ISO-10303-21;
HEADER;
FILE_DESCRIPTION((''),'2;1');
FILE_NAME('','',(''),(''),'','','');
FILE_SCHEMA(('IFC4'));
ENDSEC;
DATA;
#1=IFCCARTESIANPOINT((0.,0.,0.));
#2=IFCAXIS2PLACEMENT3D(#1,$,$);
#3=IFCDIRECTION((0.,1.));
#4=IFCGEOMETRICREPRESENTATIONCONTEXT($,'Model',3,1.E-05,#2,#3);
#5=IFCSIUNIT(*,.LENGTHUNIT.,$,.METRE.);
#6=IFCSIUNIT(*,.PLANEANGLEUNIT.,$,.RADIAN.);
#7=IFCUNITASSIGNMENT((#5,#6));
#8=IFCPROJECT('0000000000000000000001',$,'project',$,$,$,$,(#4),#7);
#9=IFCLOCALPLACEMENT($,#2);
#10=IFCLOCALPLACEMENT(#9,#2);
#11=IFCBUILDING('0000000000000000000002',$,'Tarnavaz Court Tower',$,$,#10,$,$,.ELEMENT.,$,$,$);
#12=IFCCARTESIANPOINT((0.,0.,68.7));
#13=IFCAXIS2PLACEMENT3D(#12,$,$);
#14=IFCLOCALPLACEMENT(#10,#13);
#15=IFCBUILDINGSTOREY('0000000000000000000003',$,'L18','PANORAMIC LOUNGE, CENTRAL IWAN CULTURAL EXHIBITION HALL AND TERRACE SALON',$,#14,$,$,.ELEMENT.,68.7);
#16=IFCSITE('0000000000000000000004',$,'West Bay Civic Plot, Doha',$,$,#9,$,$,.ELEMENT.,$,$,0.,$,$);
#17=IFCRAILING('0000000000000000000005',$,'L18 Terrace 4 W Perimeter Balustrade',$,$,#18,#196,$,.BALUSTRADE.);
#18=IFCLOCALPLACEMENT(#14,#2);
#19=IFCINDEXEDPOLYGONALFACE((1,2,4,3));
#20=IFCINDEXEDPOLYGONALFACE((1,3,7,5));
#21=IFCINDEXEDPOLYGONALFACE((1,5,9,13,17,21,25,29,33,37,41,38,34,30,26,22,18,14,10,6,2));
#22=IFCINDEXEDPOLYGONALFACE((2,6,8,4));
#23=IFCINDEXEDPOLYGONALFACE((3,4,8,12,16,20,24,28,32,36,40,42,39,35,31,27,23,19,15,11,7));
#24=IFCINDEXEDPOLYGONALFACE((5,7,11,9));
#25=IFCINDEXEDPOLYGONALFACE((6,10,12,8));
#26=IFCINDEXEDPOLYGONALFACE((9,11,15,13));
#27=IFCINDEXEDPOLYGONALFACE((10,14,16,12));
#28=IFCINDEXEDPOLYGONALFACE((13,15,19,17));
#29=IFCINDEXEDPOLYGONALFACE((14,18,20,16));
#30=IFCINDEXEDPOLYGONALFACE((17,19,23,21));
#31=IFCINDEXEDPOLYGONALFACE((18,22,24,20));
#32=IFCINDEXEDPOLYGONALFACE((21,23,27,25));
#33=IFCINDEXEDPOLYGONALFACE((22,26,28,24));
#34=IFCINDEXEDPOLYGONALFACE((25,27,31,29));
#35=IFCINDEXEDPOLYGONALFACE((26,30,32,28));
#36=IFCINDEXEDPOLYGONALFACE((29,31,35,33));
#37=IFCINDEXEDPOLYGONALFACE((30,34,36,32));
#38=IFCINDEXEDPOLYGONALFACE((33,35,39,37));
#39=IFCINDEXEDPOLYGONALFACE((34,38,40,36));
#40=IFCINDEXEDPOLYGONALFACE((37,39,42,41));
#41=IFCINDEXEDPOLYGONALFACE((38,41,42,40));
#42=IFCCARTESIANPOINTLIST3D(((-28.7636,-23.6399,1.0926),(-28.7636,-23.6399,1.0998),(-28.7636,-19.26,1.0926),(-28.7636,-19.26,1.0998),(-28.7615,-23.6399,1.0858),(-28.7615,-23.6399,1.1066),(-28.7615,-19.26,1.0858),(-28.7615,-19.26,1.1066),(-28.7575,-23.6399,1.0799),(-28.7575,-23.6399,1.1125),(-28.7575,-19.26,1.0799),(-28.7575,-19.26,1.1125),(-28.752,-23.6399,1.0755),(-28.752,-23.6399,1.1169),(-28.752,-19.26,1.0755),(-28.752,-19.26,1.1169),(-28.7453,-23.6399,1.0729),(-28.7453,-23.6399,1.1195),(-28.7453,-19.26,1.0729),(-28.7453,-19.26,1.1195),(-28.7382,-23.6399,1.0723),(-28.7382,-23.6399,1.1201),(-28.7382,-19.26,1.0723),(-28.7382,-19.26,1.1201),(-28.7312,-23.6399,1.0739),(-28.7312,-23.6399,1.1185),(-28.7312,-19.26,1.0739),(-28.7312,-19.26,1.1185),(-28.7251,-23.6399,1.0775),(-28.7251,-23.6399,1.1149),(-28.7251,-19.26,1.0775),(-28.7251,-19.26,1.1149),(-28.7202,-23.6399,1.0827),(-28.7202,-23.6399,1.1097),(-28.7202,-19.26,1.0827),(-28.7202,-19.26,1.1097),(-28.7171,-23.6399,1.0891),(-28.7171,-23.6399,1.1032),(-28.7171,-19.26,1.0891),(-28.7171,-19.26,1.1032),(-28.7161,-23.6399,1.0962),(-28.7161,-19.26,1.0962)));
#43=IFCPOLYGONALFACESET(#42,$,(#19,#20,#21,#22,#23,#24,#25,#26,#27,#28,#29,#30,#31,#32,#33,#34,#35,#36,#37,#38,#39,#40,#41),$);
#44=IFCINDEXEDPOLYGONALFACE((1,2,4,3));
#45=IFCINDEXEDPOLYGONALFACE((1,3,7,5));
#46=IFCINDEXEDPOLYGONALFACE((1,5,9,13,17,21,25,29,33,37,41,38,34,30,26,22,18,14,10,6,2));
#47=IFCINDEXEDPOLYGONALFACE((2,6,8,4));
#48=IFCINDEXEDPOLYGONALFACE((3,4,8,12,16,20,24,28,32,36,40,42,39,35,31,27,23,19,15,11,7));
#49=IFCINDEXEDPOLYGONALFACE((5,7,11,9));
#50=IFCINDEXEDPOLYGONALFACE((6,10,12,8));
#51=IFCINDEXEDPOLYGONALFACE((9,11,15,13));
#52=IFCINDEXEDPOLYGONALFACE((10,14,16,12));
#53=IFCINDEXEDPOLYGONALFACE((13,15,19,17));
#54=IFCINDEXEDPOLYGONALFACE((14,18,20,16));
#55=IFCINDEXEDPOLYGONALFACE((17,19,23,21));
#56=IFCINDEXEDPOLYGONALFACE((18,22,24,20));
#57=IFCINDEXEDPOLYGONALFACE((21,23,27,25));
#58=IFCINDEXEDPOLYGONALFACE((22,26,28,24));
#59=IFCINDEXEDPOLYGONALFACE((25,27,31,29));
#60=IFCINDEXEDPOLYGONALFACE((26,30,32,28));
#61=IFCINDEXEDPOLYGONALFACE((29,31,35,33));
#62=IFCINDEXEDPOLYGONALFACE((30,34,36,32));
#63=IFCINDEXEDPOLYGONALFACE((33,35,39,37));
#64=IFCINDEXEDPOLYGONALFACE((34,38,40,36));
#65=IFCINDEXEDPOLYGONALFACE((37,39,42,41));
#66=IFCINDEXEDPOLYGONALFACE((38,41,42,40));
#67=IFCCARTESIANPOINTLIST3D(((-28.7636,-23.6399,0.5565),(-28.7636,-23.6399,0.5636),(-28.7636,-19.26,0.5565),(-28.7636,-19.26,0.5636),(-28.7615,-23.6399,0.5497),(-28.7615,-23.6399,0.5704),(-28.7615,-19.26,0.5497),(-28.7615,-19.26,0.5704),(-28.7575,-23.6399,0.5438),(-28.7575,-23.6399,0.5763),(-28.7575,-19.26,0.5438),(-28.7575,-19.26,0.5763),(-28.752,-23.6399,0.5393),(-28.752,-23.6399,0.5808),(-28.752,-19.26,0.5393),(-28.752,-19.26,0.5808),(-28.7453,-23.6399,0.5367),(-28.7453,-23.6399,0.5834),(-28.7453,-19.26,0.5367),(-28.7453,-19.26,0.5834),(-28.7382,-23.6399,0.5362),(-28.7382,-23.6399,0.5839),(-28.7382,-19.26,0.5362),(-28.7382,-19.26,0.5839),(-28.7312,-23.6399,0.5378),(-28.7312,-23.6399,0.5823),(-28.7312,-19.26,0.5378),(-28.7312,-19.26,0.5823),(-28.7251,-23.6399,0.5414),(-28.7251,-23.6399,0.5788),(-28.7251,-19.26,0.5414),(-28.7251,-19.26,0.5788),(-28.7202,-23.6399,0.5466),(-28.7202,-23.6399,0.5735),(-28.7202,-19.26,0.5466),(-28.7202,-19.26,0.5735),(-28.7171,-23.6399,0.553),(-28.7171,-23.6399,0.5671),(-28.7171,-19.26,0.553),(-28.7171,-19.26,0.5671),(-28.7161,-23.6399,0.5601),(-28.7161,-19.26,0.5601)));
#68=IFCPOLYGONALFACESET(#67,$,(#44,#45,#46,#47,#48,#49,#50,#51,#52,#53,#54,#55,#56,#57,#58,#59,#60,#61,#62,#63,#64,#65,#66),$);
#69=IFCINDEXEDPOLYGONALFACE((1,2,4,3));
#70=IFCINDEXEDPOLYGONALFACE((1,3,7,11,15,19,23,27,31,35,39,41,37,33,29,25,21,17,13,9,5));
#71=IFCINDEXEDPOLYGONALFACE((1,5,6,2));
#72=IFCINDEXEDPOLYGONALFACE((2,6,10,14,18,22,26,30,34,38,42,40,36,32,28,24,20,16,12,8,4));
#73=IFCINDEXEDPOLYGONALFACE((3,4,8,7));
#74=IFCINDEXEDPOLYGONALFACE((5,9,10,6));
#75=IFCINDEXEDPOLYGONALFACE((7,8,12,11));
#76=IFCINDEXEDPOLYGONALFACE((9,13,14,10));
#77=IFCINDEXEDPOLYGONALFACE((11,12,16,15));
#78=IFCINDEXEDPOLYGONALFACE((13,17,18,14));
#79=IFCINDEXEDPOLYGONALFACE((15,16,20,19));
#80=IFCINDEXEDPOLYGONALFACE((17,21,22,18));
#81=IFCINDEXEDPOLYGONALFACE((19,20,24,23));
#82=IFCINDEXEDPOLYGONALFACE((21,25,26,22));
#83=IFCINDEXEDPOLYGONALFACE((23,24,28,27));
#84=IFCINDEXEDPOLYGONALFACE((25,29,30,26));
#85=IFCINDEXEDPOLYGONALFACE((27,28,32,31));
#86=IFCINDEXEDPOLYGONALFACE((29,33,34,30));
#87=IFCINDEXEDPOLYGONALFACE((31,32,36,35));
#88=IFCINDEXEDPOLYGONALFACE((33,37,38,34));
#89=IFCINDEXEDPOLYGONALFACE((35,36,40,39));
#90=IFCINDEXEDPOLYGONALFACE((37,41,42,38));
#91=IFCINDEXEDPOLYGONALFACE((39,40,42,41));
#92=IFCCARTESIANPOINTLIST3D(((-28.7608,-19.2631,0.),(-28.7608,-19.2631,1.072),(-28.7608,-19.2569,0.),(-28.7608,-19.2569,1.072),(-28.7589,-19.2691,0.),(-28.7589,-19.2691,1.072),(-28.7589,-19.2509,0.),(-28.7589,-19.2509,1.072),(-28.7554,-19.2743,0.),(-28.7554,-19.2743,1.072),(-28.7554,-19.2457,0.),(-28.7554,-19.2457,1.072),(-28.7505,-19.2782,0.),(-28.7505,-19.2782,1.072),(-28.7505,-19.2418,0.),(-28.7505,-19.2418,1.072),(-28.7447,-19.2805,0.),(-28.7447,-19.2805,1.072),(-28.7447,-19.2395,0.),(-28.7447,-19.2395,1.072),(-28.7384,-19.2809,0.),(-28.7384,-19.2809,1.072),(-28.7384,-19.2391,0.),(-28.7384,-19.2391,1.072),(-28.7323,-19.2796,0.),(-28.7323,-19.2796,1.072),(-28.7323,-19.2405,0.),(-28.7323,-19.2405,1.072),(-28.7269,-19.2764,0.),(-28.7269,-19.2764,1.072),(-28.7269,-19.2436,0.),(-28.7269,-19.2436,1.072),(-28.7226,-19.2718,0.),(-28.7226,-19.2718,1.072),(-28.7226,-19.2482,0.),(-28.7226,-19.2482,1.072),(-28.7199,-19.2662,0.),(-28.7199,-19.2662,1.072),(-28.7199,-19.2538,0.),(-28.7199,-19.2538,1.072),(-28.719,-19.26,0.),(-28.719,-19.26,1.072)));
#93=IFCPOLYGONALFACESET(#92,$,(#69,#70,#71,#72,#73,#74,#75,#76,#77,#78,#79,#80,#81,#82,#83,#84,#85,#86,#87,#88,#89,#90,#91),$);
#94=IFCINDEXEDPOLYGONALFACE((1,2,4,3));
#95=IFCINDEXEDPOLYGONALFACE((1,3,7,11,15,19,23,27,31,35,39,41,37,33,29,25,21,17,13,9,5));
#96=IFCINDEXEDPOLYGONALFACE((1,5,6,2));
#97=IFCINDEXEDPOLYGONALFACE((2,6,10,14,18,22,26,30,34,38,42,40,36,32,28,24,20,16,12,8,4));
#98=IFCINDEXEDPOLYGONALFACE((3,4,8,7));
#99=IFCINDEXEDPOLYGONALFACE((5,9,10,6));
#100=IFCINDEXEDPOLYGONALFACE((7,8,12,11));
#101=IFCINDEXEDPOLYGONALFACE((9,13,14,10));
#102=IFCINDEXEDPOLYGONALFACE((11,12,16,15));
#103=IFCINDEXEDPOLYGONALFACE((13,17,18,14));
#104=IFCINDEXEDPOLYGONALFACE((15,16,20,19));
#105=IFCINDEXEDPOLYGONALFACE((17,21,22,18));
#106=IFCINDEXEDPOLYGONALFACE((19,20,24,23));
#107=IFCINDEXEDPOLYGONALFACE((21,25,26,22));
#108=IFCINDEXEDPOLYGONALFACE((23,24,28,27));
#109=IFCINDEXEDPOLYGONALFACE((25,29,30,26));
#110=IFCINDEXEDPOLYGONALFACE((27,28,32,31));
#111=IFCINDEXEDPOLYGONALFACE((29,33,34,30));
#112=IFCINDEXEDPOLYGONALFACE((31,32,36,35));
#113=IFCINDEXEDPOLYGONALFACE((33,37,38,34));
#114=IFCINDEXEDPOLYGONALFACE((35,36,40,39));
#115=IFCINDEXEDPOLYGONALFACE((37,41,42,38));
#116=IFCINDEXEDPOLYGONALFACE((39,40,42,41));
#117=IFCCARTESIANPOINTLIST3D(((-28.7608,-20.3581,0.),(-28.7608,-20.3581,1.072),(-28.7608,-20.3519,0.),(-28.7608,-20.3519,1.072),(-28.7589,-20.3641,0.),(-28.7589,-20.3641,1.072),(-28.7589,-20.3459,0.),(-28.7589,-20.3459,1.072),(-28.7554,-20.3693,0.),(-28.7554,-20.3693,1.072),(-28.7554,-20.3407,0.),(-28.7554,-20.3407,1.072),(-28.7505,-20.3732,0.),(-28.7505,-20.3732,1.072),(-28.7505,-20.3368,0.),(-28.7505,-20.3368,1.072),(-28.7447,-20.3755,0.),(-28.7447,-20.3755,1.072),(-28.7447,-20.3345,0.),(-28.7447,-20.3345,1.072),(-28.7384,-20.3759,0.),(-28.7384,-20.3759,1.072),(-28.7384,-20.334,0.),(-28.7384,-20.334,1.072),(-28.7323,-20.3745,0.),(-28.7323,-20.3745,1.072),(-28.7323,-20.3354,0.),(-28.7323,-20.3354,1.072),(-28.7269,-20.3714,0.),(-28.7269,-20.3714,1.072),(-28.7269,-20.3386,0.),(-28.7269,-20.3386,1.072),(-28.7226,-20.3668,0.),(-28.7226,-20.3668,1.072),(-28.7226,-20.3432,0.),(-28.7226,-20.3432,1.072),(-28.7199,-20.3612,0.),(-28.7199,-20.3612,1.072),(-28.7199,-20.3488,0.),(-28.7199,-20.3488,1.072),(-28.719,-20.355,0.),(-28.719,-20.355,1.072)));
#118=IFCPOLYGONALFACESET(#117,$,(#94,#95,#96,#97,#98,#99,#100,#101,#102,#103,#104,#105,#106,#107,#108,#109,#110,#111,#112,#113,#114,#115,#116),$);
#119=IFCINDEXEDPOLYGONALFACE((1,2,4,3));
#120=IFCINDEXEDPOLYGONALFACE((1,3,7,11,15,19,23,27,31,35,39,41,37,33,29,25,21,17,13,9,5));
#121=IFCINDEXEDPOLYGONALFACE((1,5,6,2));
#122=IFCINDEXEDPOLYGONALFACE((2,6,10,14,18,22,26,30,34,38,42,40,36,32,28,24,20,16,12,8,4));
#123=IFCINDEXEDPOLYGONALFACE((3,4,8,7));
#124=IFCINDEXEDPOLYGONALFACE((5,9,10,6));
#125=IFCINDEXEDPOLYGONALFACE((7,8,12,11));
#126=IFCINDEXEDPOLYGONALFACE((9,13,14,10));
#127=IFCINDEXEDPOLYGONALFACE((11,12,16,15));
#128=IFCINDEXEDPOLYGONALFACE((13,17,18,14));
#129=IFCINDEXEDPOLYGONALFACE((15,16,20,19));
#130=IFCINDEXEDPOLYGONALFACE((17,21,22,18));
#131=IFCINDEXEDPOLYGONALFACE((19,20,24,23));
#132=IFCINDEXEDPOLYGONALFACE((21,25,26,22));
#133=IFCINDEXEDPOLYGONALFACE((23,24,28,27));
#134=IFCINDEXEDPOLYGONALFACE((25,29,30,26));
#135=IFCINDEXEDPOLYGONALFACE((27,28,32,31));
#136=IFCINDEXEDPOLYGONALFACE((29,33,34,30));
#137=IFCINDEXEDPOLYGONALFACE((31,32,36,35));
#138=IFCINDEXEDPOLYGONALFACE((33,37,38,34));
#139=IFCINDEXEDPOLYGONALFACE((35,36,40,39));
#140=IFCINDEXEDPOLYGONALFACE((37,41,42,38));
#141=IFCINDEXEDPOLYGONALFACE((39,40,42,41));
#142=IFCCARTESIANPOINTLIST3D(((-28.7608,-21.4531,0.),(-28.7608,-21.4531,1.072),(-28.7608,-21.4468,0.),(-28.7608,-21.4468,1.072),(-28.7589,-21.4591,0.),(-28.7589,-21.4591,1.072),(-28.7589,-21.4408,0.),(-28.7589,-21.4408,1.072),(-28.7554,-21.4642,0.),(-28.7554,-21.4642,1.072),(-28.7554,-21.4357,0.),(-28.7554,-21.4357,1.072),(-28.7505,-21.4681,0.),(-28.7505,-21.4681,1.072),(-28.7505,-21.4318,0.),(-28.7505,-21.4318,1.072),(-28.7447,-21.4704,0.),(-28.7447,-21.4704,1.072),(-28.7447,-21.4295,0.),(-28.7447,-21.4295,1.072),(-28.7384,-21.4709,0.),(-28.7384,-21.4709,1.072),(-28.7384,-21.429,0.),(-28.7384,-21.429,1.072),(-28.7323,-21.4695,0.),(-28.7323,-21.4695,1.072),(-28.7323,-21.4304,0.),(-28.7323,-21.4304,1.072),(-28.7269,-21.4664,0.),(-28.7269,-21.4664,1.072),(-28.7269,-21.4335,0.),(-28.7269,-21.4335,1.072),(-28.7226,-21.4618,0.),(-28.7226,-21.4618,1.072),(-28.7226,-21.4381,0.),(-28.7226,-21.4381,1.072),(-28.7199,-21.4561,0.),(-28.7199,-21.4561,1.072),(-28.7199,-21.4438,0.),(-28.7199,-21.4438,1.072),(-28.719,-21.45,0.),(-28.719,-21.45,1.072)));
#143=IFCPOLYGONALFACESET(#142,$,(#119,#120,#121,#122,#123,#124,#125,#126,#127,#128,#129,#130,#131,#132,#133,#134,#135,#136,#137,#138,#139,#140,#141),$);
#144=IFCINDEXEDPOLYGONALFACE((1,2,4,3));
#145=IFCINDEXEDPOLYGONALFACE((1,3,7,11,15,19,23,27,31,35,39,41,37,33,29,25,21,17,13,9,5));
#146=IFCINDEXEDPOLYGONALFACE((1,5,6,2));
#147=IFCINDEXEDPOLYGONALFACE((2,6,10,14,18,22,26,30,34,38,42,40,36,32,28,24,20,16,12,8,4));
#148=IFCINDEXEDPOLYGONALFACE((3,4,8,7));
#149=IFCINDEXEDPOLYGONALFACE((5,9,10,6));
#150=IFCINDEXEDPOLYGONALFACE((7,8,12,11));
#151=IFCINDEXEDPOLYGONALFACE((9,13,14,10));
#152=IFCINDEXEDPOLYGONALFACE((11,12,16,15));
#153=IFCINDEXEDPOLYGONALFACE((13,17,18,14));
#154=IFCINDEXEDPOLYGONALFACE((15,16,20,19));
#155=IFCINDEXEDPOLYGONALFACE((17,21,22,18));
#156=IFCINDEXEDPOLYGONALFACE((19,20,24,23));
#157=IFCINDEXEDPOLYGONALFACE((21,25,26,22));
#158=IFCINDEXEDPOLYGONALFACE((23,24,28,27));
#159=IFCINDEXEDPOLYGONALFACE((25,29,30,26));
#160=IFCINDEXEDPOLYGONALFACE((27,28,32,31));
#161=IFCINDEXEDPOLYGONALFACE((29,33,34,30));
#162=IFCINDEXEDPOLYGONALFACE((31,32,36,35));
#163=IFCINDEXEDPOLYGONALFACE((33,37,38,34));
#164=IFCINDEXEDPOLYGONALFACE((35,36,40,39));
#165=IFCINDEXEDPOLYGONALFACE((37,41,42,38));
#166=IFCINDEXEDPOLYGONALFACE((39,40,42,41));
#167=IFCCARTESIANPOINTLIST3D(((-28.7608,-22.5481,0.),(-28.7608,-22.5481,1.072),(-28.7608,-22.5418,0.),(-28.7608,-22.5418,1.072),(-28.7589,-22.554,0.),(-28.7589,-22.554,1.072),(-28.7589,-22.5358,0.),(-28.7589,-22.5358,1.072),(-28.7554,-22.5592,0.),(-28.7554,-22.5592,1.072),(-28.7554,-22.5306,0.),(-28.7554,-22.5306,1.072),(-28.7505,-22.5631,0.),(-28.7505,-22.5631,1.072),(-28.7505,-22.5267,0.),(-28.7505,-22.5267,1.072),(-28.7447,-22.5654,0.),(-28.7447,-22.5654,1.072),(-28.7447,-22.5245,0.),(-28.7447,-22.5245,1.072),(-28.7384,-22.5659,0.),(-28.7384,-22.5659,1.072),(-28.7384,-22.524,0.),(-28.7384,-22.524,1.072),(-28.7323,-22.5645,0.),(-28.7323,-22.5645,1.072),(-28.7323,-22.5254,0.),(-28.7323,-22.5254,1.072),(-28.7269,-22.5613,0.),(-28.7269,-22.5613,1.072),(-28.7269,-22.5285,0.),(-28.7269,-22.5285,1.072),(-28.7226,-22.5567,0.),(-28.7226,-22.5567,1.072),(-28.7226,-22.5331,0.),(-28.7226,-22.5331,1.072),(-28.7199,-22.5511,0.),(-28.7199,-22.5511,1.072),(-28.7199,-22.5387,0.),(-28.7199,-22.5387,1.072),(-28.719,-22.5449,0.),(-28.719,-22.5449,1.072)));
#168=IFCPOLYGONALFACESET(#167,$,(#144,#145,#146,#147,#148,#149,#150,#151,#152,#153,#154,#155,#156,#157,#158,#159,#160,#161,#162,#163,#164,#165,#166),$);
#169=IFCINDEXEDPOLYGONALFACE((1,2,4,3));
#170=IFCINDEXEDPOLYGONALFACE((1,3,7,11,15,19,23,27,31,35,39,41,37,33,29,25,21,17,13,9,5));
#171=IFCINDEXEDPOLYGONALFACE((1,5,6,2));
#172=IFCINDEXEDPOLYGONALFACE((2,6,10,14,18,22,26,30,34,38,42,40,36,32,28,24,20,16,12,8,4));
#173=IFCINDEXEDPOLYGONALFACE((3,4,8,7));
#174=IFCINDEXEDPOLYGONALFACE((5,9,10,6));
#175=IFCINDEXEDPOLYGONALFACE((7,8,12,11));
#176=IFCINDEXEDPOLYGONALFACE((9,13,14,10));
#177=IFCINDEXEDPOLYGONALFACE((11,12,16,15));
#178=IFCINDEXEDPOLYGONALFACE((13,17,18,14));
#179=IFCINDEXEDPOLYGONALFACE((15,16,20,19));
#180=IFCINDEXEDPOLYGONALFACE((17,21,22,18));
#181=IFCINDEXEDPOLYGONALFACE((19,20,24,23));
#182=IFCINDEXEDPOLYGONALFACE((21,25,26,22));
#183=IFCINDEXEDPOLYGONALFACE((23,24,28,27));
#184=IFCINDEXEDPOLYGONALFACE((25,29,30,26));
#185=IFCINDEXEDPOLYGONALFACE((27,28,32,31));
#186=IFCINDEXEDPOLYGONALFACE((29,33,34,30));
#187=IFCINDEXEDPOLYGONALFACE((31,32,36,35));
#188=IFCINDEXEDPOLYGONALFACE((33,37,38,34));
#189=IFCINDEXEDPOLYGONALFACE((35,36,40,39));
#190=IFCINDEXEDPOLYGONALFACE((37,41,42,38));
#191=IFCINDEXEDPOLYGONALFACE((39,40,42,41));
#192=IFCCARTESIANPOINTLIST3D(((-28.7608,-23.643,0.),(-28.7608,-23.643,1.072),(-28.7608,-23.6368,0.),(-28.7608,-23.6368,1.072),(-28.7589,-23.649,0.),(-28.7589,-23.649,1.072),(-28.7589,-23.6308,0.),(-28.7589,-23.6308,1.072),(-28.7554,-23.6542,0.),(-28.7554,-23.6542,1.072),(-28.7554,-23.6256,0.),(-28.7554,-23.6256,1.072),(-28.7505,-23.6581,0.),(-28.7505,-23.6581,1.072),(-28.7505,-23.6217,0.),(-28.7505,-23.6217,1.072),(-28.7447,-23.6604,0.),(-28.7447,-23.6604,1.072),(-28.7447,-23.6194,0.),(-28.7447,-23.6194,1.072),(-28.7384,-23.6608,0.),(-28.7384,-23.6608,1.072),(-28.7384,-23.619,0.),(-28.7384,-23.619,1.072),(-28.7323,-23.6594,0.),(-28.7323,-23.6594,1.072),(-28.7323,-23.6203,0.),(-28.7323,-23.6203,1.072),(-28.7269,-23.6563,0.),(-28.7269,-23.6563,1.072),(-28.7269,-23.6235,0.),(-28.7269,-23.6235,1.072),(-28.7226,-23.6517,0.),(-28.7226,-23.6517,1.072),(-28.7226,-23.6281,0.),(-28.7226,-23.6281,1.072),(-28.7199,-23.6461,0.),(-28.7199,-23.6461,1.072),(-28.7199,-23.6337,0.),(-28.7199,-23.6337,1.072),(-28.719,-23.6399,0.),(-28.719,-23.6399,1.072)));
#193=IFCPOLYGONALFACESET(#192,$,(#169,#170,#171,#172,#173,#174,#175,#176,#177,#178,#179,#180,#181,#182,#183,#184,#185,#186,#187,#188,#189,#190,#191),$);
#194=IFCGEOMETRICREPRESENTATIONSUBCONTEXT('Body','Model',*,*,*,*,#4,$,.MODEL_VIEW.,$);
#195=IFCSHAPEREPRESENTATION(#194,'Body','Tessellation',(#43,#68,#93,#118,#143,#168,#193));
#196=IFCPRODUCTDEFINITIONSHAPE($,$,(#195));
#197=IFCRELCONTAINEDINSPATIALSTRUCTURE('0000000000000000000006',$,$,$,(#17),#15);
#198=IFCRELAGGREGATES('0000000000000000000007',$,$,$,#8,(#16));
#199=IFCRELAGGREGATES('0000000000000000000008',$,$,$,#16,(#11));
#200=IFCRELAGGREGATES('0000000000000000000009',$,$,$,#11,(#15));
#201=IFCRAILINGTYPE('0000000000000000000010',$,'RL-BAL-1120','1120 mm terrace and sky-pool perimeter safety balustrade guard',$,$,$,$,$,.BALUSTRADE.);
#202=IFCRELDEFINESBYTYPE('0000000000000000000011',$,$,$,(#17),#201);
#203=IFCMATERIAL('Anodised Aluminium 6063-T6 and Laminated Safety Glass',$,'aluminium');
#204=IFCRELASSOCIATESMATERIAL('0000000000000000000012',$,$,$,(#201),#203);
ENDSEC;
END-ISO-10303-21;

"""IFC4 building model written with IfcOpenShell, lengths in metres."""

from ifc_helpers import new_model, si_unit, direction, frame, origin, origin_2d, place, context, subcontext, project, spatial, circle, extrude, material, type_object, element, save


model = new_model("IFC4")

# Units and contexts
model_context = context("Model", 3, precision=1e-05, world=origin(), true_north=direction((0.0, 1.0)))
body_context = subcontext(model_context, "Body", "Model", "MODEL_VIEW")
ifc_project = project(units=[si_unit("LENGTHUNIT", "METRE"), si_unit("PLANEANGLEUNIT", "RADIAN")], contexts=[model_context])

# Site, building, storey
site_placement = place(None, origin())
site = spatial("IfcSite", under=ifc_project, at=site_placement, Name="West Bay Civic Plot, Doha", CompositionType="ELEMENT", RefElevation=0.0)
building_placement = place(site_placement, origin())
building = spatial("IfcBuilding", under=site, at=building_placement, Name="Tarnavaz Court Tower", CompositionType="ELEMENT")
storey_placement = place(building_placement, frame((0.0, 0.0, 68.7)))
storey = spatial("IfcBuildingStorey", under=building, at=storey_placement, Name="L18", Description="PANORAMIC LOUNGE, CENTRAL IWAN CULTURAL EXHIBITION HALL AND TERRACE SALON", CompositionType="ELEMENT", Elevation=68.7)

# Railing
ifc_material_1 = material(Name="Anodised Aluminium 6063-T6 and Laminated Safety Glass", Category="aluminium")
railing_type = type_object("IfcRailingType", Name="RL-BAL-1120", Description="1120 mm terrace and sky-pool perimeter safety balustrade guard", PredefinedType="BALUSTRADE", material=ifc_material_1)
railing_1_placement = place(storey_placement, frame((-28.74, -19.26, 0.0)))
element("IfcRailing", 1, at=railing_1_placement, inside=storey, type_object=railing_type, Name="L18 Terrace 4 W Perimeter Balustrade", PredefinedType="BALUSTRADE", context=body_context, shape_type="SweptSolid", body=[
    extrude(circle(Radius=0.0239, at=origin_2d()), frame((0.0, 0.0, 1.0962), z_axis=(0.0, -1.0, 0.0), x_axis=(1.0, 0.0, 0.0)), (0.0, 0.0, 1.0), 4.3799),
    extrude(circle(Radius=0.0239, at=origin_2d()), frame((0.0, 0.0, 0.5601), z_axis=(0.0, -1.0, 0.0), x_axis=(1.0, 0.0, 0.0)), (0.0, 0.0, 1.0), 4.3799),
    extrude(circle(Radius=0.021, at=origin_2d()), origin(), (0.0, 0.0, 1.0), 1.072),
    extrude(circle(Radius=0.021, at=origin_2d()), frame((0.0, -1.095, 0.0)), (0.0, 0.0, 1.0), 1.072),
    extrude(circle(Radius=0.021, at=origin_2d()), frame((0.0, -2.1899, 0.0)), (0.0, 0.0, 1.0), 1.072),
    extrude(circle(Radius=0.021, at=origin_2d()), frame((0.0, -3.2849, 0.0)), (0.0, 0.0, 1.0), 1.072),
    extrude(circle(Radius=0.021, at=origin_2d()), frame((0.0, -4.3799, 0.0)), (0.0, 0.0, 1.0), 1.072),
])

save(model, "model.ifc")
